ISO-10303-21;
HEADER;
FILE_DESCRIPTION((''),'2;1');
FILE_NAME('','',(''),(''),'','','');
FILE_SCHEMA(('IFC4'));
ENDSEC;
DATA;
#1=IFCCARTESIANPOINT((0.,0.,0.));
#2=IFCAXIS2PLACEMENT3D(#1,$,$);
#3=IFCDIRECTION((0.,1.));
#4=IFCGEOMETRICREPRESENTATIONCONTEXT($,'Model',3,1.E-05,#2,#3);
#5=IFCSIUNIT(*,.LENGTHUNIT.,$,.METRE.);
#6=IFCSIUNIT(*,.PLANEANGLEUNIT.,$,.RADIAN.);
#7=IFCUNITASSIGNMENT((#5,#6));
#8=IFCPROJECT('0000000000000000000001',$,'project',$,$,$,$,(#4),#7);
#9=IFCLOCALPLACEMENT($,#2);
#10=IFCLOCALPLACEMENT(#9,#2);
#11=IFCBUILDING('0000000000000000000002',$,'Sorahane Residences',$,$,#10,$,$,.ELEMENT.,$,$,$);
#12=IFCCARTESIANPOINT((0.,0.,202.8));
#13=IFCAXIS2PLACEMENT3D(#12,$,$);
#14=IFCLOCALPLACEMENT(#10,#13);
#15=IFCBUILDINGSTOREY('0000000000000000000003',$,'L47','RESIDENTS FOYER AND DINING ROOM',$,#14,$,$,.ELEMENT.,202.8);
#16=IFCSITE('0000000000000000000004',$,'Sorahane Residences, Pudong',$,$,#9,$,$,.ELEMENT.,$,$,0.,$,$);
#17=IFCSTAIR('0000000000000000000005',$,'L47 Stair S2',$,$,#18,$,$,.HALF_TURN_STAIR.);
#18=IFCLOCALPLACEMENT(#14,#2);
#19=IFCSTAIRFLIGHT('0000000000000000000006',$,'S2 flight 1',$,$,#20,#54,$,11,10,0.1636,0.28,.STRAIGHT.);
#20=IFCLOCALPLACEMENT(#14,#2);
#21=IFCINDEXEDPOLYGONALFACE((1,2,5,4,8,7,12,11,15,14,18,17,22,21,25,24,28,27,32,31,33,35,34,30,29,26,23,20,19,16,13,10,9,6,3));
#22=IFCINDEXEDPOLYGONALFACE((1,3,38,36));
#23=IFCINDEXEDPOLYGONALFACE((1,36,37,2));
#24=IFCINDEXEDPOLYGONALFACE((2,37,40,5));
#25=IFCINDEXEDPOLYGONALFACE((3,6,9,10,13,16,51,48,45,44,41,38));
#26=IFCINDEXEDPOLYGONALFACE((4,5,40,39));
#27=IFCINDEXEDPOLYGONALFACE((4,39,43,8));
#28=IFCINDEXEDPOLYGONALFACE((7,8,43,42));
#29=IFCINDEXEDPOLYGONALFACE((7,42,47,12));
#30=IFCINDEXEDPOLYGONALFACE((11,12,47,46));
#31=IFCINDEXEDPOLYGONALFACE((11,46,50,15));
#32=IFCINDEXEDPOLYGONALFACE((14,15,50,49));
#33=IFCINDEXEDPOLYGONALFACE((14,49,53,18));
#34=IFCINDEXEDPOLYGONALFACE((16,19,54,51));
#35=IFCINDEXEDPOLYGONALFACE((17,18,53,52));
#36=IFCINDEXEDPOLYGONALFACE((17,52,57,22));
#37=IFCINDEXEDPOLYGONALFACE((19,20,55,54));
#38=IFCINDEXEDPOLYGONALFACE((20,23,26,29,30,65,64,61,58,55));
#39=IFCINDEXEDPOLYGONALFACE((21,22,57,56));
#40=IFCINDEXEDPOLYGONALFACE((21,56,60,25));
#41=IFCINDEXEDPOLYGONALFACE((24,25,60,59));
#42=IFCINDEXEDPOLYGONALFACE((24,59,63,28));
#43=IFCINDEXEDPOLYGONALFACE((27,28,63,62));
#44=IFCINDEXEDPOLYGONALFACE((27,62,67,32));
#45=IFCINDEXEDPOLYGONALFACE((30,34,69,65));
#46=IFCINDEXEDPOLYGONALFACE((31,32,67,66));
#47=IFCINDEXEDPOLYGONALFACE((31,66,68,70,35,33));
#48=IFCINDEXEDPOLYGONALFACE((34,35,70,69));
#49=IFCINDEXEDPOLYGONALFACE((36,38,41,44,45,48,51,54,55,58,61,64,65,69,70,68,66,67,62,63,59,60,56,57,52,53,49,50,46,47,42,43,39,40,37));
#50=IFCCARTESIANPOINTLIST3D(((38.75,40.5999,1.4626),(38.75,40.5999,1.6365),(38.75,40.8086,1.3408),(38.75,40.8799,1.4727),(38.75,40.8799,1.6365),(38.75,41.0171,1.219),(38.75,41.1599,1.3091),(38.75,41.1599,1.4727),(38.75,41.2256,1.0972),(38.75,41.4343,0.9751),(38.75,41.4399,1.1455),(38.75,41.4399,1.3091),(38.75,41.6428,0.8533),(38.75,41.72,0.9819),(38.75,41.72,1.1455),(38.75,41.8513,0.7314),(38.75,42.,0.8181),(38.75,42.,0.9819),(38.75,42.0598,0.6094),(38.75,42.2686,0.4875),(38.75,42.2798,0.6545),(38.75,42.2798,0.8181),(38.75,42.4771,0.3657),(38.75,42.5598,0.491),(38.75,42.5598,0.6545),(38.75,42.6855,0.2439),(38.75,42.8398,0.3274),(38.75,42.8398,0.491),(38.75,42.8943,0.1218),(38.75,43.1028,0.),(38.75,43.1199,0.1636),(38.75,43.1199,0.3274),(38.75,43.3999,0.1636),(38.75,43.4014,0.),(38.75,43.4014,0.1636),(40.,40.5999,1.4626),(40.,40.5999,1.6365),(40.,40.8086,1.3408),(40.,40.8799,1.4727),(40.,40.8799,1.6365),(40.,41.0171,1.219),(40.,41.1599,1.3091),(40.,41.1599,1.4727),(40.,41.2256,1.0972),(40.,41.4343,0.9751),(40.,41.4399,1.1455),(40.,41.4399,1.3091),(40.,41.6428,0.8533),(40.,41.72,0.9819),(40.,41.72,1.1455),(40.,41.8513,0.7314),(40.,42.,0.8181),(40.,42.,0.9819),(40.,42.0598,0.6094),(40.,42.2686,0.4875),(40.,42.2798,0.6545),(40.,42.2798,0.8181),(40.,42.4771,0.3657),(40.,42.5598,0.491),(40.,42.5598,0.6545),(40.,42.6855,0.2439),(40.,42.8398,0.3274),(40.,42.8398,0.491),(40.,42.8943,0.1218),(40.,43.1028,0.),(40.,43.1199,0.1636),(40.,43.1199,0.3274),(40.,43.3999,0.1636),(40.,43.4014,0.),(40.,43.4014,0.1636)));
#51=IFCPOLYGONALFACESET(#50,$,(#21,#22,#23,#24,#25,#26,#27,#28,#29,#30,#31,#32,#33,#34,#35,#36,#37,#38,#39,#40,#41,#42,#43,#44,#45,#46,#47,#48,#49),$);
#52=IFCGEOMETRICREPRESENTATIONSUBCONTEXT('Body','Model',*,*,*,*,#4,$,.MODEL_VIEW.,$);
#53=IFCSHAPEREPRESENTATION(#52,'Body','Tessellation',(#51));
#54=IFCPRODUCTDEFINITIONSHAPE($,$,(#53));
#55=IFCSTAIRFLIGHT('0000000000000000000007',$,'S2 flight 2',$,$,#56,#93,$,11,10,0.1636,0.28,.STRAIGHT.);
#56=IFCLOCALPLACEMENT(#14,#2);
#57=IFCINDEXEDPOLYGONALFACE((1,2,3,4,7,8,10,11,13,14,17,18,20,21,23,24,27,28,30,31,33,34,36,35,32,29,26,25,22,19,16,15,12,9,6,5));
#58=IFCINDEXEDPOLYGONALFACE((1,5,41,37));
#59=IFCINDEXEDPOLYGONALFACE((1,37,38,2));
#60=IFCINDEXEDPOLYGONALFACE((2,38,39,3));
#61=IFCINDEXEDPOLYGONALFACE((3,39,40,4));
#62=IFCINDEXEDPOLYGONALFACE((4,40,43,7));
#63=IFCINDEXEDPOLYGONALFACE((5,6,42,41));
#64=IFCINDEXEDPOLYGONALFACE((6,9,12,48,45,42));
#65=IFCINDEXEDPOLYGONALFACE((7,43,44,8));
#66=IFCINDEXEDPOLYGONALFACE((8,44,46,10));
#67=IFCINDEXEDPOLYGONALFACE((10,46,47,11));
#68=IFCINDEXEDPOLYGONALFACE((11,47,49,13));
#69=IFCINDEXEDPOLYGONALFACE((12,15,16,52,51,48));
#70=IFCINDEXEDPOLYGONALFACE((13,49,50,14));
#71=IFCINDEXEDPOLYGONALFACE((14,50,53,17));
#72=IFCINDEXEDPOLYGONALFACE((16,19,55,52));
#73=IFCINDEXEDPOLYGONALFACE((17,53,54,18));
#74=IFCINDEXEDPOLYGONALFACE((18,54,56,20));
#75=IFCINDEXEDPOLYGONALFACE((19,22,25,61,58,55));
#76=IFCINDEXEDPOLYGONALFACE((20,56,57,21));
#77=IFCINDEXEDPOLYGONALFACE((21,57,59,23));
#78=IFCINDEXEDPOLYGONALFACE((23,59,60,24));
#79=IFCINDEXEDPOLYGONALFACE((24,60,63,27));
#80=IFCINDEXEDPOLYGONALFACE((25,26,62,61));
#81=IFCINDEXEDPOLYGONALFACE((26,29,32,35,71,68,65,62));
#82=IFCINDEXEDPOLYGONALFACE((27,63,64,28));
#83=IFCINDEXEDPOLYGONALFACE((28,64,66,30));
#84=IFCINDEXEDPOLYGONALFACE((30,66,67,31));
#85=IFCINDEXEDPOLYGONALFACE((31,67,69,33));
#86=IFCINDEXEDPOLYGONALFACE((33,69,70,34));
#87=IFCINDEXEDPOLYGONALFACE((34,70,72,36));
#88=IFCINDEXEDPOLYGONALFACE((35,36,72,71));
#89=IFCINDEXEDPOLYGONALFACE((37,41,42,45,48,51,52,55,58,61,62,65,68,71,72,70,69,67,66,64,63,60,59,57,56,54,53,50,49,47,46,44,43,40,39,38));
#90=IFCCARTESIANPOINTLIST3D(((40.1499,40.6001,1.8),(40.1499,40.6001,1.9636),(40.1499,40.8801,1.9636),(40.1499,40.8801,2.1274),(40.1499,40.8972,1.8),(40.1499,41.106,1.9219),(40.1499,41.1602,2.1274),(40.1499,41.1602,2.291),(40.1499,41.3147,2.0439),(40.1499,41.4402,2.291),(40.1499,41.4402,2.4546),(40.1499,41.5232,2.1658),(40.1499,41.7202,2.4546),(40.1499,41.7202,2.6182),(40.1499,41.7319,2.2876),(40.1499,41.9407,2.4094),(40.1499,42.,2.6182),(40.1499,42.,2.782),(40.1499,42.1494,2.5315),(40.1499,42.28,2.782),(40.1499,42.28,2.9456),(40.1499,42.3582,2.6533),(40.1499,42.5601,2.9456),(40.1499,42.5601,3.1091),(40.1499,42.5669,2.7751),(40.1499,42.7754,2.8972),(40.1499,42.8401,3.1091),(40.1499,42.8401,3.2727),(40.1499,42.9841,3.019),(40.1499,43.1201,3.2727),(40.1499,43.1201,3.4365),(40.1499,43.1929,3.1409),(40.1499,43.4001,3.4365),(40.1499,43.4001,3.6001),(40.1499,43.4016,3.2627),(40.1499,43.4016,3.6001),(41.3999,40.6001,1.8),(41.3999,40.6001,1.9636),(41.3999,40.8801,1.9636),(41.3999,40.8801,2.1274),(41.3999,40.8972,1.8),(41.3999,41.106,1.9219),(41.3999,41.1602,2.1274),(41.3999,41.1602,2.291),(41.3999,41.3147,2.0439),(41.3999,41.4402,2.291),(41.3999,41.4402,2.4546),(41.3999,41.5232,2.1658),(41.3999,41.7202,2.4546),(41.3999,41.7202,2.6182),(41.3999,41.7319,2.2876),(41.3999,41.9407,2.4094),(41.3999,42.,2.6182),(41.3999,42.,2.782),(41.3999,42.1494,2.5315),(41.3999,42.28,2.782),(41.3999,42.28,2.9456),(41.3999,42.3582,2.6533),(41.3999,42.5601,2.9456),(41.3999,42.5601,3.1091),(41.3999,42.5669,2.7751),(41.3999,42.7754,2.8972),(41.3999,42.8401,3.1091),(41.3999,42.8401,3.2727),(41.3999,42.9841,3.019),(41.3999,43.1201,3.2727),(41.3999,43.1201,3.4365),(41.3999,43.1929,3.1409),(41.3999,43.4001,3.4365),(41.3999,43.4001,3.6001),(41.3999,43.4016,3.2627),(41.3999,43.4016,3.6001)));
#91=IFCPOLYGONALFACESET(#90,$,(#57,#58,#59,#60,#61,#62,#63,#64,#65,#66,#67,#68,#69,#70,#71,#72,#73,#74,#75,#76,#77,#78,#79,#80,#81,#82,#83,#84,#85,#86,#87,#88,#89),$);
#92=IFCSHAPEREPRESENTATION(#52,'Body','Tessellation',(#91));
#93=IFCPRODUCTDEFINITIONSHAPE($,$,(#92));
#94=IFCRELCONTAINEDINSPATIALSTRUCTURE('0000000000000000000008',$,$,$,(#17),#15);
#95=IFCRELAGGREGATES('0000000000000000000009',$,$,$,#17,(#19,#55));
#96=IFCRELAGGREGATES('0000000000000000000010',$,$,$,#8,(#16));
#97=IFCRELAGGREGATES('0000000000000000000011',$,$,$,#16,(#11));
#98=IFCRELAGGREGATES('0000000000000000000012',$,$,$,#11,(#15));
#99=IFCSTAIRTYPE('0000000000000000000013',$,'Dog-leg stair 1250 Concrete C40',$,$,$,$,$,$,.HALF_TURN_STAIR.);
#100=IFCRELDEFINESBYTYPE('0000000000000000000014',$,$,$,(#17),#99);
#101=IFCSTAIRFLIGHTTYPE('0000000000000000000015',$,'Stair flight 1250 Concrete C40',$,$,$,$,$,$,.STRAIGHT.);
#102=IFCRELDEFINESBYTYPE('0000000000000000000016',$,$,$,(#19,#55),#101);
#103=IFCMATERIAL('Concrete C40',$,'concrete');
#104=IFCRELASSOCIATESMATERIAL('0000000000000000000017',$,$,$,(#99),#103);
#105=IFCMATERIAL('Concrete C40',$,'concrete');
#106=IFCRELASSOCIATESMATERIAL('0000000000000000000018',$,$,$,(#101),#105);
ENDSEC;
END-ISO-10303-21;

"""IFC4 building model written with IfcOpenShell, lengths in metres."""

from ifc_helpers import new_model, si_unit, direction, frame, origin, place, context, subcontext, project, spatial, polyline, outline, extrude, material, type_object, element, aggregate, save


model = new_model("IFC4")

# Units and contexts
model_context = context("Model", 3, precision=1e-05, world=origin(), true_north=direction((0.0, 1.0)))
body_context = subcontext(model_context, "Body", "Model", "MODEL_VIEW")
ifc_project = project(units=[si_unit("LENGTHUNIT", "METRE"), si_unit("PLANEANGLEUNIT", "RADIAN")], contexts=[model_context])

# Site, building, storey
site_placement = place(None, origin())
site = spatial("IfcSite", under=ifc_project, at=site_placement, Name="Sorahane Residences, Pudong", CompositionType="ELEMENT", RefElevation=0.0)
building_placement = place(site_placement, origin())
building = spatial("IfcBuilding", under=site, at=building_placement, Name="Sorahane Residences", CompositionType="ELEMENT")
storey_placement = place(building_placement, frame((0.0, 0.0, 202.8)))
storey = spatial("IfcBuildingStorey", under=building, at=storey_placement, Name="L47", Description="RESIDENTS FOYER AND DINING ROOM", CompositionType="ELEMENT", Elevation=202.8)

# Stair, stair flights
ifc_material_1 = material(Name="Concrete C40", Category="concrete")
stair_type = type_object("IfcStairType", Name="Dog-leg stair 1250 Concrete C40", PredefinedType="HALF_TURN_STAIR", material=ifc_material_1)
stair_placement = place(storey_placement, origin())
stair = element("IfcStair", 1, at=stair_placement, inside=storey, type_object=stair_type, Name="L47 Stair S2", PredefinedType="HALF_TURN_STAIR")
ifc_material_2 = material(Name="Concrete C40", Category="concrete")
stair_flight_type = type_object("IfcStairFlightType", Name="Stair flight 1250 Concrete C40", PredefinedType="STRAIGHT", material=ifc_material_2)
stair_flight_1_placement = place(storey_placement, frame((39.375, 43.3999, 0.0), z_axis=(0.0, 0.0, 1.0), x_axis=(0.0, -1.0, 0.0)))
stair_flight_1 = element("IfcStairFlight", 2, at=stair_flight_1_placement, type_object=stair_flight_type, Name="S2 flight 1", NumberOfRisers=11, NumberOfTreads=10, PredefinedType="STRAIGHT", RiserHeight=0.1636, TreadLength=0.28, context=body_context, shape_type="SweptSolid", body=[
    extrude(outline(polyline([(-0.0015, 0.0), (-0.0015, 0.1636), (0.0, 0.1636), (0.28, 0.1636), (0.28, 0.3274), (0.5601, 0.3274), (0.5601, 0.491), (0.8401, 0.491), (0.8401, 0.6545), (1.1201, 0.6545), (1.1201, 0.8181), (1.3999, 0.8181), (1.3999, 0.9819), (1.6799, 0.9819), (1.6799, 1.1455), (1.96, 1.1455), (1.96, 1.3091), (2.24, 1.3091), (2.24, 1.4727), (2.52, 1.4727), (2.52, 1.6365), (2.8, 1.6365), (2.8, 1.8), (2.8, 1.4626), (2.5913, 1.3408), (2.3828, 1.219), (2.1743, 1.0972), (1.9656, 0.9751), (1.7571, 0.8533), (1.5486, 0.7314), (1.3401, 0.6094), (1.1313, 0.4875), (0.9229, 0.3657), (0.7144, 0.2439), (0.5056, 0.1218), (0.2971, 0.0), (-0.0015, 0.0)])), frame((0.0, 0.625, 0.0), z_axis=(0.0, -1.0, 0.0), x_axis=(1.0, 0.0, 0.0)), (0.0, 0.0, 1.0), 1.25),
])
stair_flight_2_placement = place(storey_placement, frame((40.7749, 40.6001, 1.8), z_axis=(0.0, 0.0, 1.0), x_axis=(0.0, 1.0, 0.0)))
stair_flight_2 = element("IfcStairFlight", 3, at=stair_flight_2_placement, type_object=stair_flight_type, Name="S2 flight 2", NumberOfRisers=11, NumberOfTreads=10, PredefinedType="STRAIGHT", RiserHeight=0.1636, TreadLength=0.28, context=body_context, shape_type="SweptSolid", body=[
    extrude(outline(polyline([(0.0, 0.0), (0.0, 0.1636), (0.28, 0.1636), (0.28, 0.3274), (0.5601, 0.3274), (0.5601, 0.491), (0.8401, 0.491), (0.8401, 0.6545), (1.1201, 0.6545), (1.1201, 0.8181), (1.3999, 0.8181), (1.3999, 0.9819), (1.6799, 0.9819), (1.6799, 1.1455), (1.96, 1.1455), (1.96, 1.3091), (2.24, 1.3091), (2.24, 1.4727), (2.52, 1.4727), (2.52, 1.6365), (2.8, 1.6365), (2.8, 1.8), (2.8015, 1.8), (2.8015, 1.4626), (2.5928, 1.3408), (2.384, 1.219), (2.1753, 1.0972), (1.9668, 0.9751), (1.7581, 0.8533), (1.5493, 0.7314), (1.3406, 0.6094), (1.1318, 0.4875), (0.9231, 0.3657), (0.7146, 0.2439), (0.5059, 0.1218), (0.2971, 0.0), (0.0, 0.0)])), frame((0.0, 0.625, 0.0), z_axis=(0.0, -1.0, 0.0), x_axis=(1.0, 0.0, 0.0)), (0.0, 0.0, 1.0), 1.25),
])
aggregate(stair, [stair_flight_1, stair_flight_2])

save(model, "model.ifc")
